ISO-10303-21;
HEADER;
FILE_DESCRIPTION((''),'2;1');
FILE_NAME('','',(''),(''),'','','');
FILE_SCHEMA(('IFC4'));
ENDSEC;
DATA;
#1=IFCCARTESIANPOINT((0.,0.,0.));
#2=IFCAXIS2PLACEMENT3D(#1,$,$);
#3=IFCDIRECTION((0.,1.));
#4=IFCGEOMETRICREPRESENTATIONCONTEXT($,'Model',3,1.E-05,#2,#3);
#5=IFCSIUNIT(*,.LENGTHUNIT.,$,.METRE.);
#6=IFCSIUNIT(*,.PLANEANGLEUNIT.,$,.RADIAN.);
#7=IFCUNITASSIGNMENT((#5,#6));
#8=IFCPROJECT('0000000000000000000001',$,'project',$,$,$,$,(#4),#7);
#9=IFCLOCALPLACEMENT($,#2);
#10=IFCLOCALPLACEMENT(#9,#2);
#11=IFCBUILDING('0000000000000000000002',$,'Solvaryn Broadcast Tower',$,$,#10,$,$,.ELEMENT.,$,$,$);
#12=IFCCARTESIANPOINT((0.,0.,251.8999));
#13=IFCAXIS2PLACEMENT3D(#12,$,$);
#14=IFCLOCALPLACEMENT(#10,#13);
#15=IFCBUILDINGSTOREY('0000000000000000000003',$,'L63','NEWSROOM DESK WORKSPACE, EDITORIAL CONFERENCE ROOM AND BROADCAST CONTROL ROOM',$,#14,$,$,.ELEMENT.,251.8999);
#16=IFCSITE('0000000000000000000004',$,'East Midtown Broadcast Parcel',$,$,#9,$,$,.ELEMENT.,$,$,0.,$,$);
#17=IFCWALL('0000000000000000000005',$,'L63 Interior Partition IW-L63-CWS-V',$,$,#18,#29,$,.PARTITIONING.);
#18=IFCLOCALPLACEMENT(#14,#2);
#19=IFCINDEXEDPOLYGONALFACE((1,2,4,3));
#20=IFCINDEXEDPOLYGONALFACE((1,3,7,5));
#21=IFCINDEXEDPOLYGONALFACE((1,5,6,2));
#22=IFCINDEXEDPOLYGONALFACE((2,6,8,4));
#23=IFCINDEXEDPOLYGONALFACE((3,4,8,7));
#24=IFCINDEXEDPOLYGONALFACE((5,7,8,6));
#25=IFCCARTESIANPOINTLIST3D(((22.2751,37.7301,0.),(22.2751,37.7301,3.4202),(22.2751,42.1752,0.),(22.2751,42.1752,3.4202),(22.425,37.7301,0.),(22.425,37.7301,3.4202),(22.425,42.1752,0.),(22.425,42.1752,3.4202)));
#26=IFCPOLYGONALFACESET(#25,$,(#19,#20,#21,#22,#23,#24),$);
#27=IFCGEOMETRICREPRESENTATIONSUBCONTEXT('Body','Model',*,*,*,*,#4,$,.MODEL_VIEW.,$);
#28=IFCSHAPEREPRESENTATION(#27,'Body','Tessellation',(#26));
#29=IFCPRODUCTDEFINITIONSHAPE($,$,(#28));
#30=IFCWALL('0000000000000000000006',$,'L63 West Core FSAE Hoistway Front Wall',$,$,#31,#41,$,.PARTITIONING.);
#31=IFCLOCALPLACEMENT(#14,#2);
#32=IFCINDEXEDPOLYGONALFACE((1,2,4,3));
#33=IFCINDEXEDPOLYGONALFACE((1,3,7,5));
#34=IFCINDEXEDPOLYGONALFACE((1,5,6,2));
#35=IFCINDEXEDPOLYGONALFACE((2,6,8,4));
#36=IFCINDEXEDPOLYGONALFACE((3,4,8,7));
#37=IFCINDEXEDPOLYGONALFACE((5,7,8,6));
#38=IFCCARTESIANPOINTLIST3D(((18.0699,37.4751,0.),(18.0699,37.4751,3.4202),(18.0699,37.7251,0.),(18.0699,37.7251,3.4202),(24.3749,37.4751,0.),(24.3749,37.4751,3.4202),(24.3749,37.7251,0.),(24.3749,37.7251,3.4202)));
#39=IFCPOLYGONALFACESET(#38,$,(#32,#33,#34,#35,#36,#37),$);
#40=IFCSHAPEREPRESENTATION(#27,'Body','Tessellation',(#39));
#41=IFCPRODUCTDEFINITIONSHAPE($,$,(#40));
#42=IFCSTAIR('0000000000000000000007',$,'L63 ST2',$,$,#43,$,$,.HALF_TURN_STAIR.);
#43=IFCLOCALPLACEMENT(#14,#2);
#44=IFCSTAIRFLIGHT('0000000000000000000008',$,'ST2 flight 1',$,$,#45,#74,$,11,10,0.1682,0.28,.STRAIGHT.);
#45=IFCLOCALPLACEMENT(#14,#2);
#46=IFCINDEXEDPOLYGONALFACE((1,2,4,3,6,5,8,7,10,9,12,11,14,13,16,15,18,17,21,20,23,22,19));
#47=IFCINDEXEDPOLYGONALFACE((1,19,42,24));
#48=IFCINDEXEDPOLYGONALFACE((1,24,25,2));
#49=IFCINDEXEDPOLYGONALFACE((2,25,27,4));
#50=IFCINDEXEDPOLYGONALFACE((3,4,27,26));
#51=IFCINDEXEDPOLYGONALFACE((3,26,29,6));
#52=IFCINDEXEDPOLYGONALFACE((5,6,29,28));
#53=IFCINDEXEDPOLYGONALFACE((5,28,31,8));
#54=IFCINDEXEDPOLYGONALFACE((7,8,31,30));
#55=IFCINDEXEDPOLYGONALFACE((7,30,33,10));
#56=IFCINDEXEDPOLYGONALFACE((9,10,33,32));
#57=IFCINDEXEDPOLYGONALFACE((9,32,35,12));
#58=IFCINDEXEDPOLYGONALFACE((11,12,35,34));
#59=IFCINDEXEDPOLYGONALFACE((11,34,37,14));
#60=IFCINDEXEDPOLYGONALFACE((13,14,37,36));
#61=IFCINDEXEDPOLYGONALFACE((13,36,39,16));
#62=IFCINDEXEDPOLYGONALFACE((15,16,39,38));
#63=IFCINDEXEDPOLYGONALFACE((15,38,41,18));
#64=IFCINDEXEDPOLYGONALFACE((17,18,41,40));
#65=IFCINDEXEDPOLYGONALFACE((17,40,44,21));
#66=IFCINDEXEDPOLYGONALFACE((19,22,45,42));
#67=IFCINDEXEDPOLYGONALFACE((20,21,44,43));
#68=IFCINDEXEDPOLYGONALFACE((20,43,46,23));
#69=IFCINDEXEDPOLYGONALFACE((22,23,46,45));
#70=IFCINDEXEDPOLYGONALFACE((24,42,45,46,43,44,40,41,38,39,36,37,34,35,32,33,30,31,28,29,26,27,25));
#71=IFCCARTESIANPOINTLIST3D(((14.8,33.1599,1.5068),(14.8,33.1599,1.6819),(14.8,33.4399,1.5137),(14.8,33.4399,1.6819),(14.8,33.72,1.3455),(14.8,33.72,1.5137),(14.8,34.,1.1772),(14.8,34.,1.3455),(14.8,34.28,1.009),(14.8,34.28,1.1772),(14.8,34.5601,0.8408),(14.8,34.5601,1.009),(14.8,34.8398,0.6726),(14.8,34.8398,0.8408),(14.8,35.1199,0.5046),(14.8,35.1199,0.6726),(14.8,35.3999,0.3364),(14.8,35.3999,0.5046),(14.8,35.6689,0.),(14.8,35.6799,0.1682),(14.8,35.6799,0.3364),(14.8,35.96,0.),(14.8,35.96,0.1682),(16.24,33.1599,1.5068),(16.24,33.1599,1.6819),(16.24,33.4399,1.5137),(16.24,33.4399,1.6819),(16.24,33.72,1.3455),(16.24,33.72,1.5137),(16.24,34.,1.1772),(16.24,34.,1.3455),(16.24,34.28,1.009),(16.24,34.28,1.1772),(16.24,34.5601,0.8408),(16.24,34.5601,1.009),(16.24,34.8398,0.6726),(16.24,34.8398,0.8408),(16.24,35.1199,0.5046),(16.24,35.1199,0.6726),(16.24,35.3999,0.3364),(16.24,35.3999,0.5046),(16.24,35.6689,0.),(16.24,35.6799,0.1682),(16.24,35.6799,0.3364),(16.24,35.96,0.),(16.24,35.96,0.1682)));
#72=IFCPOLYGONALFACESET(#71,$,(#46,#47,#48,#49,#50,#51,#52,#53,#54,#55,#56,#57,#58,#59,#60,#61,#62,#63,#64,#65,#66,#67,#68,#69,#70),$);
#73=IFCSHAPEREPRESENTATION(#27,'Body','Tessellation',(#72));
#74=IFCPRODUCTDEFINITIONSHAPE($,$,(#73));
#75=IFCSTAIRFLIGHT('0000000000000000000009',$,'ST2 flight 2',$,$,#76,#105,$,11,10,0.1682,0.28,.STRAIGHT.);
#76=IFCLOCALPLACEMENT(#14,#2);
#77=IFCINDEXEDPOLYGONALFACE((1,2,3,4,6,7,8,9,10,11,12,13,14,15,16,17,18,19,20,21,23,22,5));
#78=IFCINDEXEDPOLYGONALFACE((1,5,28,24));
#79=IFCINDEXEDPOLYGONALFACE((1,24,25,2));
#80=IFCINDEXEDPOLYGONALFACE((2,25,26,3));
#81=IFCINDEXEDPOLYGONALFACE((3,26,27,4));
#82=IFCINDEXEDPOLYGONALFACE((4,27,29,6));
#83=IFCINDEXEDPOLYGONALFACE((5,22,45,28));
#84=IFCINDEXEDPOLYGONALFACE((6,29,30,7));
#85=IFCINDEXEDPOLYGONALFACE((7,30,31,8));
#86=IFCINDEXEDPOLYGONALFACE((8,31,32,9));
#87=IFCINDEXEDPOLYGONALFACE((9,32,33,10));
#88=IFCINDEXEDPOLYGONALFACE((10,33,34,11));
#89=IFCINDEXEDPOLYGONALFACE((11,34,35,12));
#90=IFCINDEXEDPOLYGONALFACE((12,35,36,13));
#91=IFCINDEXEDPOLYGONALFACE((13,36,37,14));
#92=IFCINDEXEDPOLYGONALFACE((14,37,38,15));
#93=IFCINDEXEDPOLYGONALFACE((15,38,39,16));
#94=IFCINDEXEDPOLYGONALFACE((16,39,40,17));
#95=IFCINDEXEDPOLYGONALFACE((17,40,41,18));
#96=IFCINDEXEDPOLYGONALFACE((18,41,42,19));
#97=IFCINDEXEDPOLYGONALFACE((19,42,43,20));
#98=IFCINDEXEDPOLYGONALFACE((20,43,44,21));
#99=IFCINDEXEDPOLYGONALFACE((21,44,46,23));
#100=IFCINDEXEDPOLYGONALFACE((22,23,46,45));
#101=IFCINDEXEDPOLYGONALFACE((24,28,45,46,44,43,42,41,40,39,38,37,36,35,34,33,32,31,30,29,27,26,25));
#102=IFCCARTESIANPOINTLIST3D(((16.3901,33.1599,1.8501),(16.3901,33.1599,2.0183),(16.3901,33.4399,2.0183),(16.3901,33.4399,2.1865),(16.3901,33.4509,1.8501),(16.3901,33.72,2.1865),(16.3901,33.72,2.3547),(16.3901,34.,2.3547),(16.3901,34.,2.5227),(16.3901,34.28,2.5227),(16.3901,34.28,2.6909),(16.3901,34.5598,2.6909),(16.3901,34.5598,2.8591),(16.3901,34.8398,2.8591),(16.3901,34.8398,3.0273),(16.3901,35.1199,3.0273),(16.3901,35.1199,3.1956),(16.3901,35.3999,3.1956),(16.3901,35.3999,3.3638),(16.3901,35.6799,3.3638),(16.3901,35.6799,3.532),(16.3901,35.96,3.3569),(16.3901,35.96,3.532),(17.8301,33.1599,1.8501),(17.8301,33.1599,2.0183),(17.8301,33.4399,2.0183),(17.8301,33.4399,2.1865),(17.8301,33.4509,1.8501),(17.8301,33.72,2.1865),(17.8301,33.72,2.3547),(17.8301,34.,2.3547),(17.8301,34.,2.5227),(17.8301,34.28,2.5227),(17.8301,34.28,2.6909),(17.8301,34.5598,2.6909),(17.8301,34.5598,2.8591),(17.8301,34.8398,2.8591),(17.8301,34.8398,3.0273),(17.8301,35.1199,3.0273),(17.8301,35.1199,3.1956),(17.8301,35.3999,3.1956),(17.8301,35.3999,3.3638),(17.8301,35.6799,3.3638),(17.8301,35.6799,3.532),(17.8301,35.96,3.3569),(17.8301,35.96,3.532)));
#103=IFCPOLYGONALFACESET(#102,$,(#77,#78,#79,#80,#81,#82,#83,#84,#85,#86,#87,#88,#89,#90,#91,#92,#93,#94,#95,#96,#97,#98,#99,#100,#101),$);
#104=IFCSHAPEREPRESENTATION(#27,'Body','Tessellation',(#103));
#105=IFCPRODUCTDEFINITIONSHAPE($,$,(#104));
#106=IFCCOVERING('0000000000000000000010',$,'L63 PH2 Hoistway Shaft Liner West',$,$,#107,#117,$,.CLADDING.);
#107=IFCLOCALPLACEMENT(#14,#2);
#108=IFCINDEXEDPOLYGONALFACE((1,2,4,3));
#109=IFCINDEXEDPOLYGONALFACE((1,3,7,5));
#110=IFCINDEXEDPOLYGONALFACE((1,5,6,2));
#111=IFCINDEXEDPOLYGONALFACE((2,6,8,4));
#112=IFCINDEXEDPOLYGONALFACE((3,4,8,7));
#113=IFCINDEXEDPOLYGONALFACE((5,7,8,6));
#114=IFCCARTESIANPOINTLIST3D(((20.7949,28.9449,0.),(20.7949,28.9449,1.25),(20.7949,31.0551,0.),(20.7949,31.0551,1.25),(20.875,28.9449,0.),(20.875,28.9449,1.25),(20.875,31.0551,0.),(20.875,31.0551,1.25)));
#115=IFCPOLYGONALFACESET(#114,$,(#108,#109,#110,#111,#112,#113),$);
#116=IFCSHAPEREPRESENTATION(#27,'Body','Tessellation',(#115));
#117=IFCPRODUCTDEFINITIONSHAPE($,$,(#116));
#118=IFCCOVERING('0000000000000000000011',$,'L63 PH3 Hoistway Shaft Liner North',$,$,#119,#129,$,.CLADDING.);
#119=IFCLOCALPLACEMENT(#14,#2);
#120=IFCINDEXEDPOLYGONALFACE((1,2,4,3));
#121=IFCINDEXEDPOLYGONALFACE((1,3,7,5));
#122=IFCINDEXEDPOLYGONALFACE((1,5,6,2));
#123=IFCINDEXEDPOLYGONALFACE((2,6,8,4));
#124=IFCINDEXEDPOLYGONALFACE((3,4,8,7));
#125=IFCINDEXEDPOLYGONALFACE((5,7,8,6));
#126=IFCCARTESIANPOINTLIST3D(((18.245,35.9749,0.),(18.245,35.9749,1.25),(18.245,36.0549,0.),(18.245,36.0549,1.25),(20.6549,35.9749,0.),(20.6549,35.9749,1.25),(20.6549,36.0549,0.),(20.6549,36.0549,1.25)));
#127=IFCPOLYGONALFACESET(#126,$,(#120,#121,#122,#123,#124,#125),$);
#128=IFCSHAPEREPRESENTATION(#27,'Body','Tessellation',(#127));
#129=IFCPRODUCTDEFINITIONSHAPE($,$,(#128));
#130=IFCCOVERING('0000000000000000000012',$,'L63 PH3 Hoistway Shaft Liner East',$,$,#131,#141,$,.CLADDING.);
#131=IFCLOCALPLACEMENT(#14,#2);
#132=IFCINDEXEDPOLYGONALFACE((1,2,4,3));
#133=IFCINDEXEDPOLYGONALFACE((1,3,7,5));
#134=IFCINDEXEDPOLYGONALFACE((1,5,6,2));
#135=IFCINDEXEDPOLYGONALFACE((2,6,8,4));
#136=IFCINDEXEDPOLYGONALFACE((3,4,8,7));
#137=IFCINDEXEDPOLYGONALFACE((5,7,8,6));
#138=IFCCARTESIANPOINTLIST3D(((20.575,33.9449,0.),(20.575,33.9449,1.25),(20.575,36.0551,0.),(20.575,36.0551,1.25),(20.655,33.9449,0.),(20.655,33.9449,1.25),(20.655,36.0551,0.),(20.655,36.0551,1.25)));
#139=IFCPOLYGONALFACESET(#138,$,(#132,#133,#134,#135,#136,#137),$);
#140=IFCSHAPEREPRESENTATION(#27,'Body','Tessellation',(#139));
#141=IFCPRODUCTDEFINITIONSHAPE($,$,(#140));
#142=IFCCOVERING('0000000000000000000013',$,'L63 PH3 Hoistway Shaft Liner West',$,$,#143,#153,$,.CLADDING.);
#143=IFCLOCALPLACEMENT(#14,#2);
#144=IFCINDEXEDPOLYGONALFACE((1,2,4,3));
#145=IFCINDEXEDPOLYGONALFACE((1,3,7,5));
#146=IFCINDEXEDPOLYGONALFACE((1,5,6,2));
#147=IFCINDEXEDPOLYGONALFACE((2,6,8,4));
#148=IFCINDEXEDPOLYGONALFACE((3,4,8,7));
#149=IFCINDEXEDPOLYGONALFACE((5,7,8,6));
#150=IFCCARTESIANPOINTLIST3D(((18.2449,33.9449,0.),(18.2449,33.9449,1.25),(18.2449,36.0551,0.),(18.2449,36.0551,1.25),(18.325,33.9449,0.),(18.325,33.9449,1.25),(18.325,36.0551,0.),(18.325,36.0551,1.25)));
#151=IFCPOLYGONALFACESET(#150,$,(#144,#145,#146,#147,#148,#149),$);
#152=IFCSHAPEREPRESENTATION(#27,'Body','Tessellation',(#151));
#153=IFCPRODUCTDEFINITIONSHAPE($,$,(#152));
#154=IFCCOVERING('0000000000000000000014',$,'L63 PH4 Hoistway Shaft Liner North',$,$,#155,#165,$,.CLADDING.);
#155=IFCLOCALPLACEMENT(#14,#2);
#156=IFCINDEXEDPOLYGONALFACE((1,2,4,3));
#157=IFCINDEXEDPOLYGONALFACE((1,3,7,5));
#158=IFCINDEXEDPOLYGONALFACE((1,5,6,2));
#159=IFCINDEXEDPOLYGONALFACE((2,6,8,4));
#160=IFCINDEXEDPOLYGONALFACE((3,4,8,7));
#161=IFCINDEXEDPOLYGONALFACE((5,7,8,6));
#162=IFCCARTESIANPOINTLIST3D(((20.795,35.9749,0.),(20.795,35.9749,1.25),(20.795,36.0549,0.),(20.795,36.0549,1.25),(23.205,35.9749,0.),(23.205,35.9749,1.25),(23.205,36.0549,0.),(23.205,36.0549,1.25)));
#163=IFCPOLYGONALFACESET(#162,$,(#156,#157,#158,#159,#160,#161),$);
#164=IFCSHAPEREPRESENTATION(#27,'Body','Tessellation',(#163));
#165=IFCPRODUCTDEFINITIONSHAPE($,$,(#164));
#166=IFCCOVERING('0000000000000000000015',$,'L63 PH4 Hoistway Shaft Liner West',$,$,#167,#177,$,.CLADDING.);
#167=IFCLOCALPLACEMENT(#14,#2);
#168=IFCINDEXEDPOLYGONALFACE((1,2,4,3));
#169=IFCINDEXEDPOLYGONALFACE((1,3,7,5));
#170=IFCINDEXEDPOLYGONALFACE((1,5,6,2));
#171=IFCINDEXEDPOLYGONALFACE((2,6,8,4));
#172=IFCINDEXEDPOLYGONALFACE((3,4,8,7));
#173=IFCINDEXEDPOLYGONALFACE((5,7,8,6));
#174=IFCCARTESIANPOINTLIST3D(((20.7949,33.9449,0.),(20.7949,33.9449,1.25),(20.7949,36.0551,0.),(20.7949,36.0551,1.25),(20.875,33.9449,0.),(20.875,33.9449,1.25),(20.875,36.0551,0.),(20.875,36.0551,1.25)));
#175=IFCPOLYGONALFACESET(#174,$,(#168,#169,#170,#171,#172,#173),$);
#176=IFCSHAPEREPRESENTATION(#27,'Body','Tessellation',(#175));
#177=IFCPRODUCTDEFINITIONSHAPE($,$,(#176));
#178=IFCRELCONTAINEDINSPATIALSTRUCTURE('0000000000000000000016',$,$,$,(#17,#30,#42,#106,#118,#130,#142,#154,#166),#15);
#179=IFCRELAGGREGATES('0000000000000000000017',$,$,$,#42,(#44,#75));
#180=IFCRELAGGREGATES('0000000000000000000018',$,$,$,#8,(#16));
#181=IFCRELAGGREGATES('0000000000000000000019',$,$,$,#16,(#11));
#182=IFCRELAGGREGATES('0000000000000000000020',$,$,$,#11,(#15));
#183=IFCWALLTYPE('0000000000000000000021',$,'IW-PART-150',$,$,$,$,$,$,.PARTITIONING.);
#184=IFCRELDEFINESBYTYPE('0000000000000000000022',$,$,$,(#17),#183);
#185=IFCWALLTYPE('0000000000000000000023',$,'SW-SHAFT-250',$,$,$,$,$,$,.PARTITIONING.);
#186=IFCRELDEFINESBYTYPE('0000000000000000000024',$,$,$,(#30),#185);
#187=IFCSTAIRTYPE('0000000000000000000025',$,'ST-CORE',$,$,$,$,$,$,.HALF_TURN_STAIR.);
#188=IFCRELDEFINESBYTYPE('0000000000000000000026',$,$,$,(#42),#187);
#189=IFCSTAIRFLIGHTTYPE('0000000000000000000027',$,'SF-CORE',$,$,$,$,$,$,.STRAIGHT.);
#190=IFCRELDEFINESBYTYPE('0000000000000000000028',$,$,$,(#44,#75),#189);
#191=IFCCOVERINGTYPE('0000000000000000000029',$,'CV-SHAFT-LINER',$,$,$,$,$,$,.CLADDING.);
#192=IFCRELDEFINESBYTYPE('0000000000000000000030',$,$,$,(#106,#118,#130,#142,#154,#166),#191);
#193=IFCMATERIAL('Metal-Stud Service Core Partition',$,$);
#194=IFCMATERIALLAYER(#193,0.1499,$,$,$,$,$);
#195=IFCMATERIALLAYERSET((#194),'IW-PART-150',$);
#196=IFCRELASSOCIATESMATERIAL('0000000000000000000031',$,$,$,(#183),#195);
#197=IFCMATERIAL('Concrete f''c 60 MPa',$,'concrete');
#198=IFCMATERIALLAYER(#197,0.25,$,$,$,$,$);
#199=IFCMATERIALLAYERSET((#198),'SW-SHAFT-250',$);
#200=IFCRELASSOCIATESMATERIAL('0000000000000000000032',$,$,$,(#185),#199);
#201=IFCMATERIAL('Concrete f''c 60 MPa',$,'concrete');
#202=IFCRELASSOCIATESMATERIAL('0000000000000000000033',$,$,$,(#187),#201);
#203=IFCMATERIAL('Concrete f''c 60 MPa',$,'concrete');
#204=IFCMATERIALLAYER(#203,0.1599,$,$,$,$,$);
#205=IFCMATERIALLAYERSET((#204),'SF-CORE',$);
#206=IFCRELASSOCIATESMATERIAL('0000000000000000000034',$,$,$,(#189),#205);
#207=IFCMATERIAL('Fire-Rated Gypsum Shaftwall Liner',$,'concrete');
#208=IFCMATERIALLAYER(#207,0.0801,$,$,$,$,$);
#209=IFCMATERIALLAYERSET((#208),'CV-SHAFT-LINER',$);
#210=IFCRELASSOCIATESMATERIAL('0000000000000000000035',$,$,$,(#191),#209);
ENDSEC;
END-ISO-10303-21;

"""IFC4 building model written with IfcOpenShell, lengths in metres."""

from ifc_helpers import new_model, si_unit, direction, frame, frame_2d, origin, origin_2d, place, context, subcontext, project, spatial, polyline, rectangle, outline, extrude, material, layer, layer_set, type_object, element, aggregate, save


model = new_model("IFC4")

# Units and contexts
model_context = context("Model", 3, precision=1e-05, world=origin(), true_north=direction((0.0, 1.0)))
body_context = subcontext(model_context, "Body", "Model", "MODEL_VIEW")
ifc_project = project(units=[si_unit("LENGTHUNIT", "METRE"), si_unit("PLANEANGLEUNIT", "RADIAN")], contexts=[model_context])

# Site, building, storey
site_placement = place(None, origin())
site = spatial("IfcSite", under=ifc_project, at=site_placement, Name="East Midtown Broadcast Parcel", CompositionType="ELEMENT", RefElevation=0.0)
building_placement = place(site_placement, origin())
building = spatial("IfcBuilding", under=site, at=building_placement, Name="Solvaryn Broadcast Tower", CompositionType="ELEMENT")
storey_placement = place(building_placement, frame((0.0, 0.0, 251.8999)))
storey = spatial("IfcBuildingStorey", under=building, at=storey_placement, Name="L63", Description="NEWSROOM DESK WORKSPACE, EDITORIAL CONFERENCE ROOM AND BROADCAST CONTROL ROOM", CompositionType="ELEMENT", Elevation=251.8999)

# Walls
ifc_material_1 = material(Name="Metal-Stud Service Core Partition")
ifc_layer_1 = layer(ifc_material_1, 0.1499)
ifc_layer_set_1 = layer_set([ifc_layer_1], Name="IW-PART-150")
wall_type_1 = type_object("IfcWallType", Name="IW-PART-150", PredefinedType="PARTITIONING", material=ifc_layer_set_1)
wall_1_placement = place(storey_placement, frame((22.3501, 37.73, 0.0), z_axis=(0.0, 0.0, 1.0), x_axis=(0.0, 1.0, 0.0)))
element("IfcWall", 1, at=wall_1_placement, inside=storey, type_object=wall_type_1, Name="L63 Interior Partition IW-L63-CWS-V", PredefinedType="PARTITIONING", context=body_context, shape_type="SweptSolid", body=[
    extrude(rectangle(XDim=4.4451, YDim=0.1499, at=frame_2d((2.2227, 0.0))), origin(), (0.0, 0.0, 1.0), 3.4202),
])
ifc_material_2 = material(Name="Concrete f'c 60 MPa", Category="concrete")
ifc_layer_2 = layer(ifc_material_2, 0.25)
ifc_layer_set_2 = layer_set([ifc_layer_2], Name="SW-SHAFT-250")
wall_type_2 = type_object("IfcWallType", Name="SW-SHAFT-250", PredefinedType="PARTITIONING", material=ifc_layer_set_2)
wall_2_placement = place(storey_placement, frame((18.0701, 37.6001, 0.0), z_axis=(0.0, 0.0, 1.0), x_axis=(1.0, 0.0, 0.0)))
element("IfcWall", 2, at=wall_2_placement, inside=storey, type_object=wall_type_2, Name="L63 West Core FSAE Hoistway Front Wall", PredefinedType="PARTITIONING", context=body_context, shape_type="SweptSolid", body=[
    extrude(rectangle(XDim=6.3049, YDim=0.25, at=frame_2d((3.1523, 0.0))), origin(), (0.0, 0.0, 1.0), 3.4202),
])

# Stair, stair flights
ifc_material_3 = material(Name="Concrete f'c 60 MPa", Category="concrete")
stair_type = type_object("IfcStairType", Name="ST-CORE", PredefinedType="HALF_TURN_STAIR", material=ifc_material_3)
stair_placement = place(storey_placement, origin())
stair = element("IfcStair", 3, at=stair_placement, inside=storey, type_object=stair_type, Name="L63 ST2", PredefinedType="HALF_TURN_STAIR")
ifc_material_4 = material(Name="Concrete f'c 60 MPa", Category="concrete")
ifc_layer_3 = layer(ifc_material_4, 0.1599)
ifc_layer_set_3 = layer_set([ifc_layer_3], Name="SF-CORE")
stair_flight_type = type_object("IfcStairFlightType", Name="SF-CORE", PredefinedType="STRAIGHT", material=ifc_layer_set_3)
stair_flight_1_placement = place(storey_placement, frame((15.52, 35.96, 0.0), z_axis=(0.0, 0.0, 1.0), x_axis=(0.0, -1.0, 0.0)))
stair_flight_1 = element("IfcStairFlight", 4, at=stair_flight_1_placement, type_object=stair_flight_type, Name="ST2 flight 1", NumberOfRisers=11, NumberOfTreads=10, PredefinedType="STRAIGHT", RiserHeight=0.1682, TreadLength=0.28, context=body_context, shape_type="SweptSolid", body=[
    extrude(outline(polyline([(0.0, 0.0), (0.0, 0.1682), (0.28, 0.1682), (0.28, 0.3364), (0.5601, 0.3364), (0.5601, 0.5046), (0.8401, 0.5046), (0.8401, 0.6726), (1.1201, 0.6726), (1.1201, 0.8408), (1.3999, 0.8408), (1.3999, 1.009), (1.6799, 1.009), (1.6799, 1.1772), (1.96, 1.1772), (1.96, 1.3455), (2.24, 1.3455), (2.24, 1.5137), (2.52, 1.5137), (2.52, 1.6819), (2.8, 1.6819), (2.8, 1.8501), (2.8, 1.5068), (0.291, 0.0), (0.0, 0.0)])), frame((0.0, 0.72, 0.0), z_axis=(0.0, -1.0, 0.0), x_axis=(1.0, 0.0, 0.0)), (0.0, 0.0, 1.0), 1.4399),
])
stair_flight_2_placement = place(storey_placement, frame((17.1101, 33.1599, 1.8501), z_axis=(0.0, 0.0, 1.0), x_axis=(0.0, 1.0, 0.0)))
stair_flight_2 = element("IfcStairFlight", 5, at=stair_flight_2_placement, type_object=stair_flight_type, Name="ST2 flight 2", NumberOfRisers=11, NumberOfTreads=10, PredefinedType="STRAIGHT", RiserHeight=0.1682, TreadLength=0.28, context=body_context, shape_type="SweptSolid", body=[
    extrude(outline(polyline([(0.0, 0.0), (0.0, 0.1682), (0.28, 0.1682), (0.28, 0.3364), (0.5601, 0.3364), (0.5601, 0.5046), (0.8401, 0.5046), (0.8401, 0.6726), (1.1201, 0.6726), (1.1201, 0.8408), (1.3999, 0.8408), (1.3999, 1.009), (1.6799, 1.009), (1.6799, 1.1772), (1.96, 1.1772), (1.96, 1.3455), (2.24, 1.3455), (2.24, 1.5137), (2.52, 1.5137), (2.52, 1.6819), (2.8, 1.6819), (2.8, 1.8501), (2.8, 1.5068), (0.291, 0.0), (0.0, 0.0)])), frame((0.0, 0.72, 0.0), z_axis=(0.0, -1.0, 0.0), x_axis=(1.0, 0.0, 0.0)), (0.0, 0.0, 1.0), 1.4399),
])
aggregate(stair, [stair_flight_1, stair_flight_2])

# Coverings
ifc_material_5 = material(Name="Fire-Rated Gypsum Shaftwall Liner", Category="concrete")
ifc_layer_4 = layer(ifc_material_5, 0.0801)
ifc_layer_set_4 = layer_set([ifc_layer_4], Name="CV-SHAFT-LINER")
covering_type = type_object("IfcCoveringType", Name="CV-SHAFT-LINER", PredefinedType="CLADDING", material=ifc_layer_set_4)
covering_1_placement = place(storey_placement, frame((20.835, 30.0, 0.0), z_axis=(0.0, 0.0, 1.0), x_axis=(1.0, 0.0, 0.0)))
element("IfcCovering", 6, at=covering_1_placement, inside=storey, type_object=covering_type, Name="L63 PH2 Hoistway Shaft Liner West", PredefinedType="CLADDING", context=body_context, shape_type="SweptSolid", body=[
    extrude(rectangle(XDim=0.0801, YDim=2.1101, at=origin_2d()), origin(), (0.0, 0.0, 1.0), 1.25),
])
covering_2_placement = place(storey_placement, frame((19.45, 36.0149, 0.0), z_axis=(0.0, 0.0, 1.0), x_axis=(1.0, 0.0, 0.0)))
element("IfcCovering", 7, at=covering_2_placement, inside=storey, type_object=covering_type, Name="L63 PH3 Hoistway Shaft Liner North", PredefinedType="CLADDING", context=body_context, shape_type="SweptSolid", body=[
    extrude(rectangle(XDim=2.4099, YDim=0.0801, at=origin_2d()), origin(), (0.0, 0.0, 1.0), 1.25),
])
for number, where, z_axis, x_axis, name in (
    (8, (20.615, 35.0, 0.0), (0.0, 0.0, 1.0), (1.0, 0.0, 0.0), "L63 PH3 Hoistway Shaft Liner East"),
    (9, (18.2849, 35.0, 0.0), (0.0, 0.0, 1.0), (1.0, 0.0, 0.0), "L63 PH3 Hoistway Shaft Liner West"),
):
    element("IfcCovering", number, at=place(storey_placement, frame(where, z_axis=z_axis, x_axis=x_axis)), inside=storey, type_object=covering_type, Name=name, PredefinedType="CLADDING", context=body_context, shape_type="SweptSolid", body=[
        extrude(rectangle(XDim=0.0801, YDim=2.1101, at=origin_2d()), origin(), (0.0, 0.0, 1.0), 1.25),
    ])
covering_3_placement = place(storey_placement, frame((22.0, 36.0149, 0.0), z_axis=(0.0, 0.0, 1.0), x_axis=(1.0, 0.0, 0.0)))
element("IfcCovering", 10, at=covering_3_placement, inside=storey, type_object=covering_type, Name="L63 PH4 Hoistway Shaft Liner North", PredefinedType="CLADDING", context=body_context, shape_type="SweptSolid", body=[
    extrude(rectangle(XDim=2.4099, YDim=0.0801, at=origin_2d()), origin(), (0.0, 0.0, 1.0), 1.25),
])
covering_4_placement = place(storey_placement, frame((20.835, 35.0, 0.0), z_axis=(0.0, 0.0, 1.0), x_axis=(1.0, 0.0, 0.0)))
element("IfcCovering", 11, at=covering_4_placement, inside=storey, type_object=covering_type, Name="L63 PH4 Hoistway Shaft Liner West", PredefinedType="CLADDING", context=body_context, shape_type="SweptSolid", body=[
    extrude(rectangle(XDim=0.0801, YDim=2.1101, at=origin_2d()), origin(), (0.0, 0.0, 1.0), 1.25),
])

save(model, "model.ifc")
